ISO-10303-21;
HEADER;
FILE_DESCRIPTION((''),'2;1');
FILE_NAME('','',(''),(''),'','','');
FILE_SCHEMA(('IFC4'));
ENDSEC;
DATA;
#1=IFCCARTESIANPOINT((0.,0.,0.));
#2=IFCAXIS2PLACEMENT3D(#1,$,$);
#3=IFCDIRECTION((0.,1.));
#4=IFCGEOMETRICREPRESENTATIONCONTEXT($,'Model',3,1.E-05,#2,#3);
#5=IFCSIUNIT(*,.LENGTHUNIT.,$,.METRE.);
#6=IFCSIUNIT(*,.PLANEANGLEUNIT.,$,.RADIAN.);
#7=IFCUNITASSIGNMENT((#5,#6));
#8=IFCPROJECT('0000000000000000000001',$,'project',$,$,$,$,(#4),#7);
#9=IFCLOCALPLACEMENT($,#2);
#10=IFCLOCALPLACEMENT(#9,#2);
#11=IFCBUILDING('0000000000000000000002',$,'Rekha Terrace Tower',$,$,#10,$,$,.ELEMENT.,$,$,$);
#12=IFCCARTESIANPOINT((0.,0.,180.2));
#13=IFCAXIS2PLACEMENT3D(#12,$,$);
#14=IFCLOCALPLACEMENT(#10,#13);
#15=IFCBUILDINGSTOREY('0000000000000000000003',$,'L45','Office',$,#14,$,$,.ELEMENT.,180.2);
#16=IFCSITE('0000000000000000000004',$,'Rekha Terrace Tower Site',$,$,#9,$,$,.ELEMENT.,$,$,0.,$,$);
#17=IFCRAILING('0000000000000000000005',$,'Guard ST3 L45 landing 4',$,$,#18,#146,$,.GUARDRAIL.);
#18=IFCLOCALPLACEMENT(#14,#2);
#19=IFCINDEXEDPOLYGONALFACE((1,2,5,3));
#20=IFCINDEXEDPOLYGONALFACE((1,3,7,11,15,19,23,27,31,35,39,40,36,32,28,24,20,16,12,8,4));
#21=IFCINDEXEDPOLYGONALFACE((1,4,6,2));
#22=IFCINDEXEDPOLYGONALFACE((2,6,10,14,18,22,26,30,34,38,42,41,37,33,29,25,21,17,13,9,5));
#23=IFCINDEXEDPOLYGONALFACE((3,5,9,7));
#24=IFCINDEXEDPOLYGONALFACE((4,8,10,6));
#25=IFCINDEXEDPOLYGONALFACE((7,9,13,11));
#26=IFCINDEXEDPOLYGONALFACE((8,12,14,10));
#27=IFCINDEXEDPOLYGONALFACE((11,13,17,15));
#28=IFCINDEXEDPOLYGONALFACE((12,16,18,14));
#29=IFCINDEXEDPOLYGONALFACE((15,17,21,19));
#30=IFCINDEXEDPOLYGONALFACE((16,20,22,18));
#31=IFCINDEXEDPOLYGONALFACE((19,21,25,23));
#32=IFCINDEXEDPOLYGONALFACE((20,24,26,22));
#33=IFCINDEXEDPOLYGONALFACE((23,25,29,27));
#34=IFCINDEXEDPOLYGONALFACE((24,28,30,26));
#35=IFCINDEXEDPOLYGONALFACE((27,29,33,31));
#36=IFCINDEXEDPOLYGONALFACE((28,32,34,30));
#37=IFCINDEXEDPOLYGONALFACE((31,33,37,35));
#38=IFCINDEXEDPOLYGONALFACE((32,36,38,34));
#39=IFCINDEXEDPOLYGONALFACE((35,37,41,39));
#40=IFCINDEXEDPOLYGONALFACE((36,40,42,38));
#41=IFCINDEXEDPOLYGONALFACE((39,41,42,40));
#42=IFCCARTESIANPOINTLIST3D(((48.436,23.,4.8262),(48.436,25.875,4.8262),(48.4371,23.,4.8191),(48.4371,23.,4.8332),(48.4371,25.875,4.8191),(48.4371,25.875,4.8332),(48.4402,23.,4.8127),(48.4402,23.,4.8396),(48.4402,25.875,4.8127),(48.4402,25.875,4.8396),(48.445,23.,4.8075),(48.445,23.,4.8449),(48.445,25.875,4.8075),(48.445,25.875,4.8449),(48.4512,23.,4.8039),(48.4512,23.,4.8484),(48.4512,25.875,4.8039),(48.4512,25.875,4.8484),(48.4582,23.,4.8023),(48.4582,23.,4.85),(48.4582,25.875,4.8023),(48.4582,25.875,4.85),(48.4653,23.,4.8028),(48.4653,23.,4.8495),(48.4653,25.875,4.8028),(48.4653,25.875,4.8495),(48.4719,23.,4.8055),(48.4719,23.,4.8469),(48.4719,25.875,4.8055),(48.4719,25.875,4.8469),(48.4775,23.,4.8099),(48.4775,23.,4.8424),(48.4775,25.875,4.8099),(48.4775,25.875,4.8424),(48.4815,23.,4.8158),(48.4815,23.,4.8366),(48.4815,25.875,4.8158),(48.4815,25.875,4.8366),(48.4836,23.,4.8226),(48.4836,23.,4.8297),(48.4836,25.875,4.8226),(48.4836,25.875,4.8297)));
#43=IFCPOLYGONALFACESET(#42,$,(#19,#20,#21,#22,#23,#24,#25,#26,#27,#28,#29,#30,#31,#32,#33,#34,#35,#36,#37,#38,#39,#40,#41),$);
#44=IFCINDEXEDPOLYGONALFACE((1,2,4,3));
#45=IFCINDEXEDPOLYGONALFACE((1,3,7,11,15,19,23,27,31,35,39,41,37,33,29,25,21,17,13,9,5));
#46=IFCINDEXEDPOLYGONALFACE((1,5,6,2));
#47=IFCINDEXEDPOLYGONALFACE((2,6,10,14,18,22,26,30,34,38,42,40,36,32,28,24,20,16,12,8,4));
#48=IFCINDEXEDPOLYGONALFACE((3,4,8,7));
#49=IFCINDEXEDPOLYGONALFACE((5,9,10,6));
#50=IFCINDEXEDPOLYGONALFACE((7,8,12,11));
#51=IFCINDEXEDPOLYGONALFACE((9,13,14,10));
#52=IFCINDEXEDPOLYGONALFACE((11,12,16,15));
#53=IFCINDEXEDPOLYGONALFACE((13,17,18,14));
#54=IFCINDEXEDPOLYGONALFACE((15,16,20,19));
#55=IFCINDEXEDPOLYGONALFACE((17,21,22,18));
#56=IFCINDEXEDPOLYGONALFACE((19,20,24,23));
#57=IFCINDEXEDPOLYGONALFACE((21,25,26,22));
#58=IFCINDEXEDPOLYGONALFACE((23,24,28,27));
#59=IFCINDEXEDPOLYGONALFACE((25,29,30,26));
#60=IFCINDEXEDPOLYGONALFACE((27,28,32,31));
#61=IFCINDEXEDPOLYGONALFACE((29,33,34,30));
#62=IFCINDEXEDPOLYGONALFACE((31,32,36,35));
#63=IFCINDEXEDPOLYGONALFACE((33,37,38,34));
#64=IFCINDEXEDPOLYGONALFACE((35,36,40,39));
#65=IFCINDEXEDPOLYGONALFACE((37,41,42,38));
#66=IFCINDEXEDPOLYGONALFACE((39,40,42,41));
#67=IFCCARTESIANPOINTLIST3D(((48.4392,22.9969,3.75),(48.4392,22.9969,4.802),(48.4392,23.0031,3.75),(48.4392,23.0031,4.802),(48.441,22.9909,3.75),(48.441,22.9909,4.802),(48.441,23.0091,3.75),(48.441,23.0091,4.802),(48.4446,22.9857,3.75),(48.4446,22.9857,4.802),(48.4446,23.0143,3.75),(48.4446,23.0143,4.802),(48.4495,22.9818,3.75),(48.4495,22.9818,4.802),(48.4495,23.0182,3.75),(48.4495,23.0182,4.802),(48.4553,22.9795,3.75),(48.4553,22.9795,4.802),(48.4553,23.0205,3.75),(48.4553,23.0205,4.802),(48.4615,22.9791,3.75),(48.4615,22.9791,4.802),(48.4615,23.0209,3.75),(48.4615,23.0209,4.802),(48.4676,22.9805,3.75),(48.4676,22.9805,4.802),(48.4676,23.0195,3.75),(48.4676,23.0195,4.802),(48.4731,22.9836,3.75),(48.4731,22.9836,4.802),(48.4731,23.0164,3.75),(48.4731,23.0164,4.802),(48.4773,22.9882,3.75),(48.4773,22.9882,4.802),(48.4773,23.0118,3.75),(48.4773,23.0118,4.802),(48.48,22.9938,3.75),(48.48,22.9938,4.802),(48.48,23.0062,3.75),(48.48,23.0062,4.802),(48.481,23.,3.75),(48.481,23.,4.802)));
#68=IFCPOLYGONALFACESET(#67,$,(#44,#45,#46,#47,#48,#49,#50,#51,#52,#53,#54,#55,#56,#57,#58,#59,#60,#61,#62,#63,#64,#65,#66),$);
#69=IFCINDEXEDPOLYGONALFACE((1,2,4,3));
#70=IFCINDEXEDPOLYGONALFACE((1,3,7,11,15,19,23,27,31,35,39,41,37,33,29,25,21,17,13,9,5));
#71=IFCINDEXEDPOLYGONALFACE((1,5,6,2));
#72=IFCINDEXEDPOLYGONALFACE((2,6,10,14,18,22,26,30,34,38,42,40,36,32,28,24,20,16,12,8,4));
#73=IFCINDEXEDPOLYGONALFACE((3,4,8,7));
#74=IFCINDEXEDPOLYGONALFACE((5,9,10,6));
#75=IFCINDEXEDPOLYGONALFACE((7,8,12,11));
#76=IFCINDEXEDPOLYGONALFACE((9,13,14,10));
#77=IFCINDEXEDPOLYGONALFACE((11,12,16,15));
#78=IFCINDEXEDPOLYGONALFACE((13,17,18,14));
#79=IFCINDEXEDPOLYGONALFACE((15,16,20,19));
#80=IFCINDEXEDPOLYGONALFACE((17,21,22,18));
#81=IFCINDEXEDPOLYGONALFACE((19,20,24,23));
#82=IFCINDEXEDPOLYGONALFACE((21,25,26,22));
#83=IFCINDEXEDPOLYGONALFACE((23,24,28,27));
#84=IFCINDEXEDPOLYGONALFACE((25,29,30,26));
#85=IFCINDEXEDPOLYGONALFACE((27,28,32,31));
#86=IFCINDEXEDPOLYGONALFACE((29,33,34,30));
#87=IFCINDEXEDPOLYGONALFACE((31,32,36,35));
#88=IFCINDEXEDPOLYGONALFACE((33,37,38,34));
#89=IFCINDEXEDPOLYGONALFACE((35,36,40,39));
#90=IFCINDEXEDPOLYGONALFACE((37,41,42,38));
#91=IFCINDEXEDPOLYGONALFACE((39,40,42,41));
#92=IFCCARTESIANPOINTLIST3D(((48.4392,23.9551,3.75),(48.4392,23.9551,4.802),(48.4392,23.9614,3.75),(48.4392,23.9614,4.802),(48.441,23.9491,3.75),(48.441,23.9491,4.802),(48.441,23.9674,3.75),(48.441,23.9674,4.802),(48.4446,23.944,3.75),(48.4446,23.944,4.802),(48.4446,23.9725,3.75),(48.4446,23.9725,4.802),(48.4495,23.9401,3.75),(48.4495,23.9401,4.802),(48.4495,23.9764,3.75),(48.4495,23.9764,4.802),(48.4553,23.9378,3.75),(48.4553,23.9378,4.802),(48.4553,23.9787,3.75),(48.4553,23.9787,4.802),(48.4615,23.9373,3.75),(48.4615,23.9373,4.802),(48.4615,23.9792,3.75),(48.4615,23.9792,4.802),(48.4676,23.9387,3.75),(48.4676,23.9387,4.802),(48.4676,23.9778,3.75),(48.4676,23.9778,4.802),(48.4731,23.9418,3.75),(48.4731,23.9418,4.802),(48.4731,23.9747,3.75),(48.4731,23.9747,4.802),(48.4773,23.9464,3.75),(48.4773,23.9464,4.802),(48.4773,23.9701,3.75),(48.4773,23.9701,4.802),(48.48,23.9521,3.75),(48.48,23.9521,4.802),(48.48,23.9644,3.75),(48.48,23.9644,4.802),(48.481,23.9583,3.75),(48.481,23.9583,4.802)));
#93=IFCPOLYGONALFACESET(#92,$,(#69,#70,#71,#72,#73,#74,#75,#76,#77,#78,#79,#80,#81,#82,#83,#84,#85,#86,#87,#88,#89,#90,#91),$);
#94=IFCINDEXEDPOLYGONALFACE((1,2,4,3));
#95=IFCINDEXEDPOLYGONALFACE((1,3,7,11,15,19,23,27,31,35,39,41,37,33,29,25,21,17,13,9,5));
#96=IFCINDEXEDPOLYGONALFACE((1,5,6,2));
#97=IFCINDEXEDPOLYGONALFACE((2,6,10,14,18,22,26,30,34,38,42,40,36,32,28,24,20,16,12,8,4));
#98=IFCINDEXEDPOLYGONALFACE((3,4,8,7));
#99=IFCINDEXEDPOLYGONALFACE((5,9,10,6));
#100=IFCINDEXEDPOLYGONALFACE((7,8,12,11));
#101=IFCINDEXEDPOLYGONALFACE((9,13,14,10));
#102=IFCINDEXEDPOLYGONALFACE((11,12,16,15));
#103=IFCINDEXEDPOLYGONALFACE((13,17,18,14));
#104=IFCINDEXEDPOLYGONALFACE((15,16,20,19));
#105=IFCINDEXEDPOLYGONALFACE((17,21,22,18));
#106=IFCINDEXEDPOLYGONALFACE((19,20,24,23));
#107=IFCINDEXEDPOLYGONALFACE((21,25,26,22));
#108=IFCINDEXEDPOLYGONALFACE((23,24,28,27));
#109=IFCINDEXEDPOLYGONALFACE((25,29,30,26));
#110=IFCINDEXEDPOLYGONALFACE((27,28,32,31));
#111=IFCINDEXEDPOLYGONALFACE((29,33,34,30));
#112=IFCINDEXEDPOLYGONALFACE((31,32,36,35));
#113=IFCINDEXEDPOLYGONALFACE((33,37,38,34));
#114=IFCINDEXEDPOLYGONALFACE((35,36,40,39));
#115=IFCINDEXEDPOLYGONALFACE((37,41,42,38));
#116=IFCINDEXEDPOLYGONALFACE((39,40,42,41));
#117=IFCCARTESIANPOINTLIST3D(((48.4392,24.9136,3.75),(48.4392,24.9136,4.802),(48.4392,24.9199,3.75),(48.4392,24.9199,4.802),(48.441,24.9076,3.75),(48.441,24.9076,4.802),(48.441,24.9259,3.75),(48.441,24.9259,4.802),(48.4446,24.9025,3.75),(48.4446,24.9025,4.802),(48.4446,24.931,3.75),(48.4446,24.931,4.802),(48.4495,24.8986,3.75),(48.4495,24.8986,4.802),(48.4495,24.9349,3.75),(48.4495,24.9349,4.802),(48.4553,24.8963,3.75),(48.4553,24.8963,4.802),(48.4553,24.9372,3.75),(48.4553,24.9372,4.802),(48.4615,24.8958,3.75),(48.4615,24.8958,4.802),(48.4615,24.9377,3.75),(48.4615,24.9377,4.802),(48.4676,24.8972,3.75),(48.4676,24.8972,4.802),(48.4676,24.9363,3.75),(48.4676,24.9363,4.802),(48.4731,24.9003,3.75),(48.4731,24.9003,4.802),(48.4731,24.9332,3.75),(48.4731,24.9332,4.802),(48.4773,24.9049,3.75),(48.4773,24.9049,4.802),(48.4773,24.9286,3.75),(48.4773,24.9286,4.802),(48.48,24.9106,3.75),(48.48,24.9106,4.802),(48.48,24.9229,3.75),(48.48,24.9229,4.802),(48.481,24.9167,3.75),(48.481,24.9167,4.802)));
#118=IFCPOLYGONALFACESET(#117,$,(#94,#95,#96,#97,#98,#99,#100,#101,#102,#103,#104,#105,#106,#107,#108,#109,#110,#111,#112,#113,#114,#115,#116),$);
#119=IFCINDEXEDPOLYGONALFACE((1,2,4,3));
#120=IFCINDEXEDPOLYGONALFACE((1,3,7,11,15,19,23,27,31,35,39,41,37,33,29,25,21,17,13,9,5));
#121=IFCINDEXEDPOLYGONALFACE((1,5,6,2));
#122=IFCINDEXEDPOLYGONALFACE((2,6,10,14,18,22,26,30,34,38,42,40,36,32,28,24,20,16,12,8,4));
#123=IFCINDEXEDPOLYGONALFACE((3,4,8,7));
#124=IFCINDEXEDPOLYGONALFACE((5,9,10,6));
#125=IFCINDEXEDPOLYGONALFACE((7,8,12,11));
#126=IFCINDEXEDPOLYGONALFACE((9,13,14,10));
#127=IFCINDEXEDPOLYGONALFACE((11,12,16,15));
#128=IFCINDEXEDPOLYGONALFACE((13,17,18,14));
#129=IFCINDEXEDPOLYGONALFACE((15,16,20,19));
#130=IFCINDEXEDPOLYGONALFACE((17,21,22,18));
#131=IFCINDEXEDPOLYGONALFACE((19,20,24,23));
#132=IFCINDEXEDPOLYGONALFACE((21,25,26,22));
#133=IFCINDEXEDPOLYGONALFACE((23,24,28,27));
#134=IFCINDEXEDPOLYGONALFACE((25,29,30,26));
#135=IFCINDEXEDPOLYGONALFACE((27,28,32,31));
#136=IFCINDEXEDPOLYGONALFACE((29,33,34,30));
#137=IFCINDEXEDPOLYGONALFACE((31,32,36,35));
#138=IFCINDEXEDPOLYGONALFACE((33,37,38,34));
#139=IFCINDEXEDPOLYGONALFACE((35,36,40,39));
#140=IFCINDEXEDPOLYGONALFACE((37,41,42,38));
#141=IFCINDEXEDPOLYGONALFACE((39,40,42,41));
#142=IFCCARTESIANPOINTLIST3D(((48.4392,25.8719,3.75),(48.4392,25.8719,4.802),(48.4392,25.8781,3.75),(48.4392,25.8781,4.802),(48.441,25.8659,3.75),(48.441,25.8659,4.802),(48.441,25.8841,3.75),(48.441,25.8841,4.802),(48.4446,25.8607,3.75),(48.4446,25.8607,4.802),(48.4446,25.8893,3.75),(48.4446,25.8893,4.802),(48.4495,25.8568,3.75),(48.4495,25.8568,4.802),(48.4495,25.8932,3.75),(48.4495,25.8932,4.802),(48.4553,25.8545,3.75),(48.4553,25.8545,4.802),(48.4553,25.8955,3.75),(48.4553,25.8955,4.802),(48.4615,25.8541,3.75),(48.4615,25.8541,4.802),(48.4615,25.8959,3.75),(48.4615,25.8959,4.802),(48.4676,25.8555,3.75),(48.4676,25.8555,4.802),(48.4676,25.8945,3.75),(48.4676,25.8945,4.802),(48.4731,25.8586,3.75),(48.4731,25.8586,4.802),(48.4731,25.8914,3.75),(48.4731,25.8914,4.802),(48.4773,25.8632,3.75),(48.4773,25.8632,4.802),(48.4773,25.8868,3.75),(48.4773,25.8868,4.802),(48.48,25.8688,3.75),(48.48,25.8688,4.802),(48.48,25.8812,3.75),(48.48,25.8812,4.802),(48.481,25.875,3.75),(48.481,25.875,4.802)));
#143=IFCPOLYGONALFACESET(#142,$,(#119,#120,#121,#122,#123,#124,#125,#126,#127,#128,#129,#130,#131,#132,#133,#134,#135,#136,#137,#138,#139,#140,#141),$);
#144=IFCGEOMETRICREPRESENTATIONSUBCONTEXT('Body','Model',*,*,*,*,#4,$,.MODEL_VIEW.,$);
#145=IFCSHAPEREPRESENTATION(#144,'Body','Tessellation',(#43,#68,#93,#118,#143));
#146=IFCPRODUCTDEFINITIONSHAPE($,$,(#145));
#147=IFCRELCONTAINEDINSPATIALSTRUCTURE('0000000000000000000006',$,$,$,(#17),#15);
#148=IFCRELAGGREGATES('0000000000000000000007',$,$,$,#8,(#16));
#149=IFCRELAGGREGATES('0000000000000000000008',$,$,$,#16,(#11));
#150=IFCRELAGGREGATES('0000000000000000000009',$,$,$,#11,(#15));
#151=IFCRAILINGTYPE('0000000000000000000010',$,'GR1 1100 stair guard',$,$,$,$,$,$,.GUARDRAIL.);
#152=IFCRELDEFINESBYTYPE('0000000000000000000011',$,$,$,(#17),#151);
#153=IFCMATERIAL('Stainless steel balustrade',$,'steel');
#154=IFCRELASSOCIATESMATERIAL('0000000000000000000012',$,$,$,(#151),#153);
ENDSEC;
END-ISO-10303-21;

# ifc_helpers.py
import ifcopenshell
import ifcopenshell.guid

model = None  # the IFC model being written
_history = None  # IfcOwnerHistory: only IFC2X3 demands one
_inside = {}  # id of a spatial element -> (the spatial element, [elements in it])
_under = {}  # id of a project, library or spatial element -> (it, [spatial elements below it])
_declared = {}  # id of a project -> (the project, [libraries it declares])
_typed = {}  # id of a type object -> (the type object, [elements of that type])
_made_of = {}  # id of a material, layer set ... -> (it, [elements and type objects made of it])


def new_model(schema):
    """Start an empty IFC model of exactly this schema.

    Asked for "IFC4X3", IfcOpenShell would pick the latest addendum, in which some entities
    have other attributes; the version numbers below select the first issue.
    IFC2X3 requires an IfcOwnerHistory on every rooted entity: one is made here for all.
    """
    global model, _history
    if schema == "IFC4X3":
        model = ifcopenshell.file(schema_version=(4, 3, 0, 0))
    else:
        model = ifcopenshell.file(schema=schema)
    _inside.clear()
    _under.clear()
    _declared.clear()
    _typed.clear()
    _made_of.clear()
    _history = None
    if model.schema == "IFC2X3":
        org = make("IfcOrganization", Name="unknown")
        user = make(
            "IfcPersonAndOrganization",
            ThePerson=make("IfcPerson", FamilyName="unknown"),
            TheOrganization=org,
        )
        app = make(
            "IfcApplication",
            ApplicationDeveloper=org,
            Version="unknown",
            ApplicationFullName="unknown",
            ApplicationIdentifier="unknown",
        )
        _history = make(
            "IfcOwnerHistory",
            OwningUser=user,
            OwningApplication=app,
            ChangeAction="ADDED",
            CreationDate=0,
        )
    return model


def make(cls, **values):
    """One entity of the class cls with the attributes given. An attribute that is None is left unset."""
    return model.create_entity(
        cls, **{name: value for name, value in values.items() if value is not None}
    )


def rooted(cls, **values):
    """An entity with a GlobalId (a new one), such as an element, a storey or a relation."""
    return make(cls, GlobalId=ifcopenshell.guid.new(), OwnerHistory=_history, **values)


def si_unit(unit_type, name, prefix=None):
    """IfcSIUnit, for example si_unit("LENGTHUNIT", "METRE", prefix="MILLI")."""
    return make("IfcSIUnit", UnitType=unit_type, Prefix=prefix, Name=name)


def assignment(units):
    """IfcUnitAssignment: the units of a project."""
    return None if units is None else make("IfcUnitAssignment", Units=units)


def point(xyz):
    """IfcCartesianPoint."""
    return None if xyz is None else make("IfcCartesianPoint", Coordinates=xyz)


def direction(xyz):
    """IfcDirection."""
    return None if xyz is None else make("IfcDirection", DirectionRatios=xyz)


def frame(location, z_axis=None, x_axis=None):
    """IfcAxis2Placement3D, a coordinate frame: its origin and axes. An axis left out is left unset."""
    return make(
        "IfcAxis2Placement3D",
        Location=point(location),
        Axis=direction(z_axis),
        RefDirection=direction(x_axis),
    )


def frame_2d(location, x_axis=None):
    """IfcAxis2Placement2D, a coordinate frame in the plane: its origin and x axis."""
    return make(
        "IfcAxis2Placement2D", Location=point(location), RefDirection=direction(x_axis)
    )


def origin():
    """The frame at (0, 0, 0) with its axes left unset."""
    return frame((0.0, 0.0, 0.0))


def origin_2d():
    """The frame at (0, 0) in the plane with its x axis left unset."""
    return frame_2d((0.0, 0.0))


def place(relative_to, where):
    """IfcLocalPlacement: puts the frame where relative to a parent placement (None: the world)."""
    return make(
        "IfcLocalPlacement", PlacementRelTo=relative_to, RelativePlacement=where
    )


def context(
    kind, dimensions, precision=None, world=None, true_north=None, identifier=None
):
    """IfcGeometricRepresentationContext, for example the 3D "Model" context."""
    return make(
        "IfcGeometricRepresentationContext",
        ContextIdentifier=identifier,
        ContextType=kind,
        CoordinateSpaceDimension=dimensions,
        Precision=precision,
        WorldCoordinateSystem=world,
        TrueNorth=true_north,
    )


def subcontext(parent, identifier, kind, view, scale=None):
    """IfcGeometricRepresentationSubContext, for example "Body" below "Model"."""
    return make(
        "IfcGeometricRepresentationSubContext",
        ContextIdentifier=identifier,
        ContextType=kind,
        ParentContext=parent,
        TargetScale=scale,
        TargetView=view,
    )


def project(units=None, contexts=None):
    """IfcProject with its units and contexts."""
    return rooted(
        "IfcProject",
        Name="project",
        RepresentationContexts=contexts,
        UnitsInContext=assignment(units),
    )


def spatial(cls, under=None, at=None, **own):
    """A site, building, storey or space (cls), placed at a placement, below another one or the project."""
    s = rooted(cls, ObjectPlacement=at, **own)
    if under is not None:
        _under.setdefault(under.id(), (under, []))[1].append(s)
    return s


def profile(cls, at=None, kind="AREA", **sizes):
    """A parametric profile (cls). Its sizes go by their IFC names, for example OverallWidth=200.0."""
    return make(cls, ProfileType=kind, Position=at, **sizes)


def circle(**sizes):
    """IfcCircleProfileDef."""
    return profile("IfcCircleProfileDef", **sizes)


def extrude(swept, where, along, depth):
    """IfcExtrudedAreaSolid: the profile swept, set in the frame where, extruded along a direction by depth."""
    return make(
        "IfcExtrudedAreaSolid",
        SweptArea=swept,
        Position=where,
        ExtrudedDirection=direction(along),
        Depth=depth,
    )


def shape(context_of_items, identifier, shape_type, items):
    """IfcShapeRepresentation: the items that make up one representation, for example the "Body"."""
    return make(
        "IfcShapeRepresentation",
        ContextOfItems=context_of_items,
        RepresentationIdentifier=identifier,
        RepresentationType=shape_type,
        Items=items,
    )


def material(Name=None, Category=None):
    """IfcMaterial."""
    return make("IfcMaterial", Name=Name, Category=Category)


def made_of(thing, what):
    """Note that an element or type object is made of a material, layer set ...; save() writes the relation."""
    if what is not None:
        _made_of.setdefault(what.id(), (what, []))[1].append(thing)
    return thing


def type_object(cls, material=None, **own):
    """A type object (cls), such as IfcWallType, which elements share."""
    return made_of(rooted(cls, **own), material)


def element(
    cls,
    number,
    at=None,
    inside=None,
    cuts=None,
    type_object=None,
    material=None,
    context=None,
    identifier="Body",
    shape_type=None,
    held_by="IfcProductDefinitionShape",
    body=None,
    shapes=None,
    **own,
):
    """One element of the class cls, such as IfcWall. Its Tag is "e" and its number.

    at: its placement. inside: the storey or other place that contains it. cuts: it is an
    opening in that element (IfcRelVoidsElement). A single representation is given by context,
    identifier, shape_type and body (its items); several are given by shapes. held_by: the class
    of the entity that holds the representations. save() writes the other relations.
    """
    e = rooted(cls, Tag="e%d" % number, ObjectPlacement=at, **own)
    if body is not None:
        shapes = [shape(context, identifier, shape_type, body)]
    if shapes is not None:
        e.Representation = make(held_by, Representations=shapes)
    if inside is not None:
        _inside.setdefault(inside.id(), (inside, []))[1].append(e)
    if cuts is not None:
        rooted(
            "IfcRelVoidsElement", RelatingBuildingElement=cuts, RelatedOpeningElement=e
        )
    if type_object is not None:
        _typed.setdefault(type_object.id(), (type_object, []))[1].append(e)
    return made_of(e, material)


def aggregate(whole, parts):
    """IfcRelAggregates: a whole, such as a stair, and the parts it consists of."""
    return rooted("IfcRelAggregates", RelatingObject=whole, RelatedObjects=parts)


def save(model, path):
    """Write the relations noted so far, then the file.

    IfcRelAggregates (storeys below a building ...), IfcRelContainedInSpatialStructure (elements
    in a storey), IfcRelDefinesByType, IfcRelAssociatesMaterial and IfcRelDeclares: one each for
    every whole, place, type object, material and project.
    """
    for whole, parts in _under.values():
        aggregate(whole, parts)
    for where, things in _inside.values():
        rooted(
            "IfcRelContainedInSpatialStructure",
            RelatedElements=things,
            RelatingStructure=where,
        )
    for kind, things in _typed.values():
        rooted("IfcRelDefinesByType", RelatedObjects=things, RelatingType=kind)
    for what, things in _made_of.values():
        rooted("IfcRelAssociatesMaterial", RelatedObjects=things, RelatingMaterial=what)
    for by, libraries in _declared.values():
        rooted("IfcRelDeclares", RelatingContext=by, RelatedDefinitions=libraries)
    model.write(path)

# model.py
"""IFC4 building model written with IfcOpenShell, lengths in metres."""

from ifc_helpers import new_model, si_unit, direction, frame, origin, origin_2d, place, context, subcontext, project, spatial, circle, extrude, material, type_object, element, save


model = new_model("IFC4")

# Units and contexts
model_context = context("Model", 3, precision=1e-05, world=origin(), true_north=direction((0.0, 1.0)))
body_context = subcontext(model_context, "Body", "Model", "MODEL_VIEW")
ifc_project = project(units=[si_unit("LENGTHUNIT", "METRE"), si_unit("PLANEANGLEUNIT", "RADIAN")], contexts=[model_context])

# Site, building, storey
site_placement = place(None, origin())
site = spatial("IfcSite", under=ifc_project, at=site_placement, Name="Rekha Terrace Tower Site", CompositionType="ELEMENT", RefElevation=0.0)
building_placement = place(site_placement, origin())
building = spatial("IfcBuilding", under=site, at=building_placement, Name="Rekha Terrace Tower", CompositionType="ELEMENT")
storey_placement = place(building_placement, frame((0.0, 0.0, 180.2)))
storey = spatial("IfcBuildingStorey", under=building, at=storey_placement, Name="L45", Description="Office", CompositionType="ELEMENT", Elevation=180.2)

# Railing
ifc_material_1 = material(Name="Stainless steel balustrade", Category="steel")
railing_type_1 = type_object("IfcRailingType", Name="GR1 1100 stair guard", PredefinedType="GUARDRAIL", material=ifc_material_1)
railing_1_placement = place(storey_placement, frame((48.46, 23.0, 3.75)))
element("IfcRailing", 1, at=railing_1_placement, inside=storey, type_object=railing_type_1, Name="Guard ST3 L45 landing 4", PredefinedType="GUARDRAIL", context=body_context, shape_type="SweptSolid", body=[
    extrude(circle(Radius=0.0239, at=origin_2d()), frame((0.0, 0.0, 1.0762), z_axis=(0.0, 1.0, 0.0), x_axis=(-1.0, 0.0, 0.0)), (0.0, 0.0, 1.0), 2.875),
    extrude(circle(Radius=0.021, at=origin_2d()), origin(), (0.0, 0.0, 1.0), 1.052),
    extrude(circle(Radius=0.021, at=origin_2d()), frame((0.0, 0.9583, 0.0)), (0.0, 0.0, 1.0), 1.052),
    extrude(circle(Radius=0.021, at=origin_2d()), frame((0.0, 1.9167, 0.0)), (0.0, 0.0, 1.0), 1.052),
    extrude(circle(Radius=0.021, at=origin_2d()), frame((0.0, 2.875, 0.0)), (0.0, 0.0, 1.0), 1.052),
])

save(model, "model.ifc")
